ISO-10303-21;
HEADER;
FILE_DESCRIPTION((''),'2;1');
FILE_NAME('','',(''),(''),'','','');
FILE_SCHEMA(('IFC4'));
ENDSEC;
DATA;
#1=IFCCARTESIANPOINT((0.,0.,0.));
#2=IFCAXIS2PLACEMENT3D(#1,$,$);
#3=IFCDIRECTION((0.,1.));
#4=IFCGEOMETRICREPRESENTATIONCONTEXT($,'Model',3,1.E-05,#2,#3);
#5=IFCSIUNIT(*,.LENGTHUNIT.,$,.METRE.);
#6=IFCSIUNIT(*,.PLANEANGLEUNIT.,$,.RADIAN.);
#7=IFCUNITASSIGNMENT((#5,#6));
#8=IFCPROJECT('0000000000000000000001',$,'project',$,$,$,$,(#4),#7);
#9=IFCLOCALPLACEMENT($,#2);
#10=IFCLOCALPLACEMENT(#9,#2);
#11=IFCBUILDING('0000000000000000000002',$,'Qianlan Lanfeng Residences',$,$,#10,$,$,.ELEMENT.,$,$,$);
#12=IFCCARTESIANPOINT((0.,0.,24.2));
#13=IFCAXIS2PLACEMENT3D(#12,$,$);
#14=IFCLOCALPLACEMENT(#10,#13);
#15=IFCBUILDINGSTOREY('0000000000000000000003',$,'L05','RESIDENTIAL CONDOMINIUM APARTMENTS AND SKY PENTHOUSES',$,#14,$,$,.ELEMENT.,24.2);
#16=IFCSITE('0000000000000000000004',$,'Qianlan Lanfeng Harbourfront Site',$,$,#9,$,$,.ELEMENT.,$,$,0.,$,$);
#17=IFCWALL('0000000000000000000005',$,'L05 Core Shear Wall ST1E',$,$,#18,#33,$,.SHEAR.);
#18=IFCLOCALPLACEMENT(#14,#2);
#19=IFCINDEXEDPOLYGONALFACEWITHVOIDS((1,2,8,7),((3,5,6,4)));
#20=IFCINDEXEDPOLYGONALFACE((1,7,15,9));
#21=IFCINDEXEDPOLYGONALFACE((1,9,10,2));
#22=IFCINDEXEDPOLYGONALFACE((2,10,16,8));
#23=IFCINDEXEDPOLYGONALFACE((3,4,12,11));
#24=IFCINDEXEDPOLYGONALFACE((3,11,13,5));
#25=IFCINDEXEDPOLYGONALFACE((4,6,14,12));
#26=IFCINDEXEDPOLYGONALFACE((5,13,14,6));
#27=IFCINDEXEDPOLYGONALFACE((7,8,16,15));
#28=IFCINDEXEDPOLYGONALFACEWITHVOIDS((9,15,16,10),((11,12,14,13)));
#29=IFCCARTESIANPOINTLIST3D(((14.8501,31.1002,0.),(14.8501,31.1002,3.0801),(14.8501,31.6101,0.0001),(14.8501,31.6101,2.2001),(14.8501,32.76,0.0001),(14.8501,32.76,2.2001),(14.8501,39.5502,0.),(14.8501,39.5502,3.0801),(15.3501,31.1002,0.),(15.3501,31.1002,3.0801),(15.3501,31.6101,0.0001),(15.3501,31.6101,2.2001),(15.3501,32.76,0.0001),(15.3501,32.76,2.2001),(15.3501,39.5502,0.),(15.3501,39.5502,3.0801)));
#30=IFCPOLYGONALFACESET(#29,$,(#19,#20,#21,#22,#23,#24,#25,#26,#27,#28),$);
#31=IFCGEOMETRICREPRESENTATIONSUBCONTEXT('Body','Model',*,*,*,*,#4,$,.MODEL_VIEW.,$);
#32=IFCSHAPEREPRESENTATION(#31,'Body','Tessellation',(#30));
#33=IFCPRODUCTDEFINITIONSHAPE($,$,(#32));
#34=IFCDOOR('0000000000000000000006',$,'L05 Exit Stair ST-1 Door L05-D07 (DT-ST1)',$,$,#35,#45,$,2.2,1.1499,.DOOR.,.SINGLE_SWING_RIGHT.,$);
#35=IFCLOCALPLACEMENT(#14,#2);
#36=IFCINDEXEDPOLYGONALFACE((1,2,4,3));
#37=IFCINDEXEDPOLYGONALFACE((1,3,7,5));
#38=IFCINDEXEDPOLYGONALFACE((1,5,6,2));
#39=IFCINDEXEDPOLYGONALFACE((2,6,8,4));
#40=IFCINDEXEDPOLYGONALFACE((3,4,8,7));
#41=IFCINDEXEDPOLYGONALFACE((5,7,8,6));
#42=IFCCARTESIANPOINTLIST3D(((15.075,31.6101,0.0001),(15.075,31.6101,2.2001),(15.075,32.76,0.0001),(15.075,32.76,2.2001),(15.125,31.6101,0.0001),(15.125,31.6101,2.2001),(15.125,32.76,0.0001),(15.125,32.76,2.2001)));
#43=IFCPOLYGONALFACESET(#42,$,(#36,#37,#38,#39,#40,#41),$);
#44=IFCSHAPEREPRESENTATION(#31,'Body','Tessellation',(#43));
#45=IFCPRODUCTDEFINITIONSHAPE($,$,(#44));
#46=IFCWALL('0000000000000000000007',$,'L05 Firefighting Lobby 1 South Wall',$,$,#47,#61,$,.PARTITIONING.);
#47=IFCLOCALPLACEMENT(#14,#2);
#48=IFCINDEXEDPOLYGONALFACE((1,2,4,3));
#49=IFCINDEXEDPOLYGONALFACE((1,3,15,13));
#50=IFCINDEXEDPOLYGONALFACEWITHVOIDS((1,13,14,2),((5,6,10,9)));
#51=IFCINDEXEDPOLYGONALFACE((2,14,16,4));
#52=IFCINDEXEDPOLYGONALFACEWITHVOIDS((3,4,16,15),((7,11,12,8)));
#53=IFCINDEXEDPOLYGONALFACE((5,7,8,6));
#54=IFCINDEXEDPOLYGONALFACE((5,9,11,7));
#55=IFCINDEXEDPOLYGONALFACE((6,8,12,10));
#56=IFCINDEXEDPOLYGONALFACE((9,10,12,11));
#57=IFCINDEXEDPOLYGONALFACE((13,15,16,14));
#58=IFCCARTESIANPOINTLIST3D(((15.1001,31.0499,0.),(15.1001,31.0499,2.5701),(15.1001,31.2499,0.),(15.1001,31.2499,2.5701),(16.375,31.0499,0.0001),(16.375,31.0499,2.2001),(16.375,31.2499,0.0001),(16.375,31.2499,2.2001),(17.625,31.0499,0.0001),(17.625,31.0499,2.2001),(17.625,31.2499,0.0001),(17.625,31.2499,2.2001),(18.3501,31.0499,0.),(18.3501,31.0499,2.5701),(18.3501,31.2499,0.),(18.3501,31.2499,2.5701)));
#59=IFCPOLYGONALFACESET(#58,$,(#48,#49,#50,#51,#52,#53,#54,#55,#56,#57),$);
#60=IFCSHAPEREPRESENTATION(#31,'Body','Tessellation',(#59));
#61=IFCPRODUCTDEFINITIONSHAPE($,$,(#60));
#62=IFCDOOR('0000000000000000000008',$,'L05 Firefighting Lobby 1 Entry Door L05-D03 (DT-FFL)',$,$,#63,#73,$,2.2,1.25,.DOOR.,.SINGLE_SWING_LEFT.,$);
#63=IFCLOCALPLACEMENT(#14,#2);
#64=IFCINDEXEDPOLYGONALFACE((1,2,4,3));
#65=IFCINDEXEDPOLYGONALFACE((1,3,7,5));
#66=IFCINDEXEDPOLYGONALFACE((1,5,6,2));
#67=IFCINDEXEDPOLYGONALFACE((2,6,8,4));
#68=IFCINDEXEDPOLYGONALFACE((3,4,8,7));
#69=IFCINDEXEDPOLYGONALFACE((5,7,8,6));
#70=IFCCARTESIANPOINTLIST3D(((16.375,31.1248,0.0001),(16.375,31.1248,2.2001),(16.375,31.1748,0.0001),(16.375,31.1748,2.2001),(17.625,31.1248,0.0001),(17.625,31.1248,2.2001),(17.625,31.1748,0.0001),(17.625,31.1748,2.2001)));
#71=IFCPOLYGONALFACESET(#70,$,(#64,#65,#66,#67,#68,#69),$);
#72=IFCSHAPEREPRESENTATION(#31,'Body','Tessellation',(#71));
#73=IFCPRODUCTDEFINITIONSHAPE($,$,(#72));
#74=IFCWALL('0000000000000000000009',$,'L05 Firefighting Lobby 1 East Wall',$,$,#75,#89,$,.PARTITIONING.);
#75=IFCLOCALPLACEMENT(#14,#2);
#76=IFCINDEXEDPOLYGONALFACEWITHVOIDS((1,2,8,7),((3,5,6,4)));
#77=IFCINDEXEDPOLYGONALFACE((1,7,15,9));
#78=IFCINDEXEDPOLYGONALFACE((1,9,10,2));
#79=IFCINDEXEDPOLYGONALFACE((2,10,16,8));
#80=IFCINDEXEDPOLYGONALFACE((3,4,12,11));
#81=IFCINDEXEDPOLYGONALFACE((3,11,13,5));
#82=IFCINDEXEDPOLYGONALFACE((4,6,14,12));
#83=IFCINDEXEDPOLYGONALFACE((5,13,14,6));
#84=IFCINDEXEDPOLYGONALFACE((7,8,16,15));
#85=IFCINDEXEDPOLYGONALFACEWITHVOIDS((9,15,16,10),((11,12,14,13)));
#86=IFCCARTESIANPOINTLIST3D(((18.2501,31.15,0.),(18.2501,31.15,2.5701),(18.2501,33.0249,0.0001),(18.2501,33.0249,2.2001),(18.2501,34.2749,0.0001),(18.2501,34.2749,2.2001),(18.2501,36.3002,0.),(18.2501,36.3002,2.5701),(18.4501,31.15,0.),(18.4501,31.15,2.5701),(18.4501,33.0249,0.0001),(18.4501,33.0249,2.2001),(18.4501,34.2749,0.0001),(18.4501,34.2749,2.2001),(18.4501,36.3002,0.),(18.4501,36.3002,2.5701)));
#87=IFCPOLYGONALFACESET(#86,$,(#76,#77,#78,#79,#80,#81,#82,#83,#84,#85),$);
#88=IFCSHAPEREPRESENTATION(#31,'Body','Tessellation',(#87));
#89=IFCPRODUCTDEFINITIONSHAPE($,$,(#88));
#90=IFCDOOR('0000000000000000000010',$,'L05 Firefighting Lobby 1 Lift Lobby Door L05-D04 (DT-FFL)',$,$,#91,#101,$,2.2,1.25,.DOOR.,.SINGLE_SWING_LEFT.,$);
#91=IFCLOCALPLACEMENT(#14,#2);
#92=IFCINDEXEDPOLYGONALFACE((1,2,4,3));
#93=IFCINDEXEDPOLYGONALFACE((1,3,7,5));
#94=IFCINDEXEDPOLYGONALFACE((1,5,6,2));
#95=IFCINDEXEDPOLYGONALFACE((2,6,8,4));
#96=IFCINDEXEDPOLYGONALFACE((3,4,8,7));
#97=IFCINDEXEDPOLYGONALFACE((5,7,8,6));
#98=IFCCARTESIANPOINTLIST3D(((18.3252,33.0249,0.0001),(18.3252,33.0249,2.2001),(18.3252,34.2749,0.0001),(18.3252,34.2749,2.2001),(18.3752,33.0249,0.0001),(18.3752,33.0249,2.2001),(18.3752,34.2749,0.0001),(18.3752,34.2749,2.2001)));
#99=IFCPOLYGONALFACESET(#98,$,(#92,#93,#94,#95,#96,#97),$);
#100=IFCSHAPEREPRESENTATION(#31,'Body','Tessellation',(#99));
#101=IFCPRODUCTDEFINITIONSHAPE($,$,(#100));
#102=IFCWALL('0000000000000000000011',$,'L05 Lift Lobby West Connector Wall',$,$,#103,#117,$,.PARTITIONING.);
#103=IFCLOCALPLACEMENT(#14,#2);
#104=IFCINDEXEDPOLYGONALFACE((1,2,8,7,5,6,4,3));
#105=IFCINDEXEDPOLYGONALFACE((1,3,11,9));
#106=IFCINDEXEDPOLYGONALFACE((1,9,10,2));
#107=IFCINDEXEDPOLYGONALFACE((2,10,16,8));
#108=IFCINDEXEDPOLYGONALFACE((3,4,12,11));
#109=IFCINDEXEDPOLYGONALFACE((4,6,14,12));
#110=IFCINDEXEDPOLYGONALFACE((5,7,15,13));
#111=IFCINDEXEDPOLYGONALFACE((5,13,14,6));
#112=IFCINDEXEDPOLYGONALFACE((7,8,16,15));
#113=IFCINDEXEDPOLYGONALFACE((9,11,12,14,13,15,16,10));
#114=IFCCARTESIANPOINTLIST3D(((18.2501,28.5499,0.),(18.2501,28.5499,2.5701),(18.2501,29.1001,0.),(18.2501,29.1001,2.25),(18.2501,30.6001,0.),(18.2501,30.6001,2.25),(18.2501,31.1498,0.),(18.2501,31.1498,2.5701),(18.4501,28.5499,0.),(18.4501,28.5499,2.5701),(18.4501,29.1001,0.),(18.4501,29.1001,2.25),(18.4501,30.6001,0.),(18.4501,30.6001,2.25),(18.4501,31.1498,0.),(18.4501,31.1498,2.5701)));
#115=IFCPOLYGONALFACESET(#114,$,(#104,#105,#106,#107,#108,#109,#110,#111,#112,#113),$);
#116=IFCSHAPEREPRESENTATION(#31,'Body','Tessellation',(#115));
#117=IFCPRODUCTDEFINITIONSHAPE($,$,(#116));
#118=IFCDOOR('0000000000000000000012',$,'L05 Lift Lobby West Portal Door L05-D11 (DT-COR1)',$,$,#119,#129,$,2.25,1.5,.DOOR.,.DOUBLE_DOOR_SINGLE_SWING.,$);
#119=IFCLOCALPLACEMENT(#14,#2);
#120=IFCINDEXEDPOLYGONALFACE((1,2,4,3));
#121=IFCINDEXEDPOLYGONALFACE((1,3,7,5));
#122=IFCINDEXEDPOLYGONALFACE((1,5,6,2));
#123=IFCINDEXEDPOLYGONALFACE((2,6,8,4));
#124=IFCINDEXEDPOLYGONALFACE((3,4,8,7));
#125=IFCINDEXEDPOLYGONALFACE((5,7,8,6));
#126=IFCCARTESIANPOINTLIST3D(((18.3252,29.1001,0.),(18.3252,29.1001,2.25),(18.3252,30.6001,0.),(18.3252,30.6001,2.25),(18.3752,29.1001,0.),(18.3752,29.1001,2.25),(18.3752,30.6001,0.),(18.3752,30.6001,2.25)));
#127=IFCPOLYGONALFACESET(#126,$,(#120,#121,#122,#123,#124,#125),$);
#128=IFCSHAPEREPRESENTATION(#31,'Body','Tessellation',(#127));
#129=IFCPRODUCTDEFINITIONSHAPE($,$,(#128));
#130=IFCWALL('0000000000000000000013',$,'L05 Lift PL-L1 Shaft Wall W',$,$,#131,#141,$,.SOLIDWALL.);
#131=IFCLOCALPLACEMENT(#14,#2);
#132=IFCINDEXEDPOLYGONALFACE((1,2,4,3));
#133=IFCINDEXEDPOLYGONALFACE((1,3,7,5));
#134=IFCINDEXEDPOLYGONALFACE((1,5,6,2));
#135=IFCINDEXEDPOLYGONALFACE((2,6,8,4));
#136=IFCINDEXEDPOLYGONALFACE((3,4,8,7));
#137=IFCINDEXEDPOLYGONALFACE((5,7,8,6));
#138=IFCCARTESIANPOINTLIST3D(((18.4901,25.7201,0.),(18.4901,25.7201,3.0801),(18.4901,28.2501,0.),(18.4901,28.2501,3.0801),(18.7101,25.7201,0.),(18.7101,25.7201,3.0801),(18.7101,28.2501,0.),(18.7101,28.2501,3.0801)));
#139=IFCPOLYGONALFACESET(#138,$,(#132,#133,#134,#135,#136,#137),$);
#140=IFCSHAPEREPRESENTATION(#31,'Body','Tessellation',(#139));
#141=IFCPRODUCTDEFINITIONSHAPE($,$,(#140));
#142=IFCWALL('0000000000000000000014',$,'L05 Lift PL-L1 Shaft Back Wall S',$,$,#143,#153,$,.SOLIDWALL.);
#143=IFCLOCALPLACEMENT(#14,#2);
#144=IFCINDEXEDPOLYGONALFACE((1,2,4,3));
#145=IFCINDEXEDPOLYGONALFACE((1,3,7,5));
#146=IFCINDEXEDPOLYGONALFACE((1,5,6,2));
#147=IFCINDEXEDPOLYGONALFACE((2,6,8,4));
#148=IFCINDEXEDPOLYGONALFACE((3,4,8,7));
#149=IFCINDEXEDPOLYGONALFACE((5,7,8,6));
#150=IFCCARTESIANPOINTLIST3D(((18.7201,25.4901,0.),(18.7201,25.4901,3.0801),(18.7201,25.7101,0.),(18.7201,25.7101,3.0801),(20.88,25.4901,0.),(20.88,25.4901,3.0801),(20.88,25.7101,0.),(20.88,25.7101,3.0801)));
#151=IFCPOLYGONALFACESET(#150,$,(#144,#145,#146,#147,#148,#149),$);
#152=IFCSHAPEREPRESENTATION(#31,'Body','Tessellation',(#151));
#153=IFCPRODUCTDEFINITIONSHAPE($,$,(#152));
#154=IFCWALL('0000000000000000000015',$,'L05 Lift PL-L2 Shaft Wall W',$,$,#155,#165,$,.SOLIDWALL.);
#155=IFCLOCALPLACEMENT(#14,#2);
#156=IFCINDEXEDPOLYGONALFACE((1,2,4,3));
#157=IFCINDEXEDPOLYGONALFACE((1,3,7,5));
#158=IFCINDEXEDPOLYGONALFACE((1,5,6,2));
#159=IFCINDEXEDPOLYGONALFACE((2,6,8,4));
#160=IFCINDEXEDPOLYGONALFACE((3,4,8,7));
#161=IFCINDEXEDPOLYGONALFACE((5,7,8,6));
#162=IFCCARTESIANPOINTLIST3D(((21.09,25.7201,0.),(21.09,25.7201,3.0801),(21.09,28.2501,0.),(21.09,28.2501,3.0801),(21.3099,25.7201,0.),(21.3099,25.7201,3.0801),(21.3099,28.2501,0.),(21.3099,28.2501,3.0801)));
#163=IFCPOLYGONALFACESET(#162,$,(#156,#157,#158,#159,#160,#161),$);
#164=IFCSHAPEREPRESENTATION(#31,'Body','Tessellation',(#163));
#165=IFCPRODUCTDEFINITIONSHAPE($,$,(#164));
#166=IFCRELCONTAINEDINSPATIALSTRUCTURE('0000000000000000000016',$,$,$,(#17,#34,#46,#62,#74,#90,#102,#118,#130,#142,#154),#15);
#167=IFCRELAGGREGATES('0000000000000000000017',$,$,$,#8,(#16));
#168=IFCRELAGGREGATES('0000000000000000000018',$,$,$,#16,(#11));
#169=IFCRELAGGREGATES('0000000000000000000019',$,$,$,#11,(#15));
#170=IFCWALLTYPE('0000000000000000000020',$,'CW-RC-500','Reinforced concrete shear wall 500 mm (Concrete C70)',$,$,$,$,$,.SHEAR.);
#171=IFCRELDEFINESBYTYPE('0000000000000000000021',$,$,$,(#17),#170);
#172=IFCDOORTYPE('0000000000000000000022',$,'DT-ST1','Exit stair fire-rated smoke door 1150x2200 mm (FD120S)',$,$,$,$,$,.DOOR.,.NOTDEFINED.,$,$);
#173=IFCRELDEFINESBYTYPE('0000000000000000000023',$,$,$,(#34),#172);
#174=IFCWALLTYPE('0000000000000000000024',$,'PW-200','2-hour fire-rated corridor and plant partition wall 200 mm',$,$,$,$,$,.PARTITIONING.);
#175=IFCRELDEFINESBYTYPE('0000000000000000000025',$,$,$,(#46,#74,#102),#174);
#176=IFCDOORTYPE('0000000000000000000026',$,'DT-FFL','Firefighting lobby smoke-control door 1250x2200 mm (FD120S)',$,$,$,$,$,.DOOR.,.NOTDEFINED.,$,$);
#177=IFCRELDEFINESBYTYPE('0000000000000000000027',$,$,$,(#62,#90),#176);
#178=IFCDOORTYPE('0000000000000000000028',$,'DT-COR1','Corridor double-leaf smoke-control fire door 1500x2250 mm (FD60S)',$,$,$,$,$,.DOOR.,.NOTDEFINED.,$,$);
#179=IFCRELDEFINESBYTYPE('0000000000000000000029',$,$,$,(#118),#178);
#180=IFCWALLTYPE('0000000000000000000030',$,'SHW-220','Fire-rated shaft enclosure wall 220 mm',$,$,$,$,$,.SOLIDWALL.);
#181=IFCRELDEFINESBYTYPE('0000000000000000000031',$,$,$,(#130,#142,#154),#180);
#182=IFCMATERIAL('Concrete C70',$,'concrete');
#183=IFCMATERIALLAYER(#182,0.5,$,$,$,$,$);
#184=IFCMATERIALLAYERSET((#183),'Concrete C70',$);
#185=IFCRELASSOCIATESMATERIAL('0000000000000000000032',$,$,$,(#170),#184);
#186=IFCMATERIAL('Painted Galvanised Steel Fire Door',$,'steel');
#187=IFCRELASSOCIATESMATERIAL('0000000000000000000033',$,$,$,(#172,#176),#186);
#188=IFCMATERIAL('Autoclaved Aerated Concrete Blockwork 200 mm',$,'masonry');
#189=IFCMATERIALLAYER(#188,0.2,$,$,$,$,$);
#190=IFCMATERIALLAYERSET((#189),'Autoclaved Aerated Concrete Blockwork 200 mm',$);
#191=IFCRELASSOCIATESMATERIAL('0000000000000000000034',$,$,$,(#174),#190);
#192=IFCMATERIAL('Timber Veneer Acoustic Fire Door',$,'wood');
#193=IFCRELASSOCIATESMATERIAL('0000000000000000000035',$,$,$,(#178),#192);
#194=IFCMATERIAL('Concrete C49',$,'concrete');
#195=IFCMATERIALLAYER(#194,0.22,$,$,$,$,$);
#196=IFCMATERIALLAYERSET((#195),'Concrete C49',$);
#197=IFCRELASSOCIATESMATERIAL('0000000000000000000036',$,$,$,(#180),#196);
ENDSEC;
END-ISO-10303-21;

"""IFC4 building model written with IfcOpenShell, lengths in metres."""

from ifc_helpers import new_model, si_unit, direction, frame, frame_2d, origin, place, context, subcontext, project, spatial, rectangle, extrude, material, layer, layer_set, type_object, element, fill, save


model = new_model("IFC4")

# Units and contexts
model_context = context("Model", 3, precision=1e-05, world=origin(), true_north=direction((0.0, 1.0)))
body_context = subcontext(model_context, "Body", "Model", "MODEL_VIEW")
ifc_project = project(units=[si_unit("LENGTHUNIT", "METRE"), si_unit("PLANEANGLEUNIT", "RADIAN")], contexts=[model_context])

# Site, building, storey
site_placement = place(None, origin())
site = spatial("IfcSite", under=ifc_project, at=site_placement, Name="Qianlan Lanfeng Harbourfront Site", CompositionType="ELEMENT", RefElevation=0.0)
building_placement = place(site_placement, origin())
building = spatial("IfcBuilding", under=site, at=building_placement, Name="Qianlan Lanfeng Residences", CompositionType="ELEMENT")
storey_placement = place(building_placement, frame((0.0, 0.0, 24.2)))
storey = spatial("IfcBuildingStorey", under=building, at=storey_placement, Name="L05", Description="RESIDENTIAL CONDOMINIUM APARTMENTS AND SKY PENTHOUSES", CompositionType="ELEMENT", Elevation=24.2)

# Wall, opening, door
ifc_material_1 = material(Name="Concrete C70", Category="concrete")
ifc_layer_1 = layer(ifc_material_1, 0.5)
ifc_layer_set_1 = layer_set([ifc_layer_1], Name="Concrete C70")
wall_type_1 = type_object("IfcWallType", Name="CW-RC-500", Description="Reinforced concrete shear wall 500 mm (Concrete C70)", PredefinedType="SHEAR", material=ifc_layer_set_1)
wall_1_placement = place(storey_placement, frame((15.1001, 31.1001, 0.0), z_axis=(0.0, 0.0, 1.0), x_axis=(0.0, 1.0, 0.0)))
wall_1 = element("IfcWall", 1, at=wall_1_placement, inside=storey, type_object=wall_type_1, Name="L05 Core Shear Wall ST1E", PredefinedType="SHEAR", context=body_context, shape_type="SweptSolid", body=[
    extrude(rectangle(XDim=8.45, YDim=0.5, at=frame_2d((4.2251, 0.0))), origin(), (0.0, 0.0, 1.0), 3.0801),
])
opening_1_placement = place(wall_1_placement, frame((0.51, 0.0, 0.0)))
opening_1 = element("IfcOpeningElement", 2, at=opening_1_placement, cuts=wall_1, PredefinedType="OPENING", context=body_context, shape_type="SweptSolid", body=[
    extrude(rectangle(XDim=1.1499, YDim=2.2, at=frame_2d((0.575, 1.1001))), frame((0.0, 0.26, 0.0), z_axis=(0.0, -1.0, 0.0), x_axis=(1.0, 0.0, 0.0)), (0.0, 0.0, 1.0), 0.52),
])
ifc_material_2 = material(Name="Painted Galvanised Steel Fire Door", Category="steel")
door_type_1 = type_object("IfcDoorType", Name="DT-ST1", Description="Exit stair fire-rated smoke door 1150x2200 mm (FD120S)", OperationType="NOTDEFINED", PredefinedType="DOOR", material=ifc_material_2)
door_1_placement = place(opening_1_placement, frame((1.1499, 0.0, 0.0), z_axis=(0.0, 0.0, 1.0), x_axis=(-1.0, 0.0, 0.0)))
door_1 = element("IfcDoor", 3, at=door_1_placement, inside=storey, type_object=door_type_1, Name="L05 Exit Stair ST-1 Door L05-D07 (DT-ST1)", OperationType="SINGLE_SWING_RIGHT", OverallHeight=2.2, OverallWidth=1.1499, PredefinedType="DOOR", context=body_context, shape_type="SweptSolid", body=[
    extrude(rectangle(XDim=1.1499, YDim=2.2, at=frame_2d((0.575, 1.1001))), frame((0.0, 0.0249, 0.0), z_axis=(0.0, -1.0, 0.0), x_axis=(1.0, 0.0, 0.0)), (0.0, 0.0, 1.0), 0.05),
])
fill(opening_1, door_1)

# Walls, openings, doors
ifc_material_3 = material(Name="Autoclaved Aerated Concrete Blockwork 200 mm", Category="masonry")
ifc_layer_2 = layer(ifc_material_3, 0.2)
ifc_layer_set_2 = layer_set([ifc_layer_2], Name="Autoclaved Aerated Concrete Blockwork 200 mm")
wall_type_2 = type_object("IfcWallType", Name="PW-200", Description="2-hour fire-rated corridor and plant partition wall 200 mm", PredefinedType="PARTITIONING", material=ifc_layer_set_2)
wall_2_placement = place(storey_placement, frame((15.1001, 31.1499, 0.0), z_axis=(0.0, 0.0, 1.0), x_axis=(1.0, 0.0, 0.0)))
wall_2 = element("IfcWall", 4, at=wall_2_placement, inside=storey, type_object=wall_type_2, Name="L05 Firefighting Lobby 1 South Wall", PredefinedType="PARTITIONING", context=body_context, shape_type="SweptSolid", body=[
    extrude(rectangle(XDim=3.25, YDim=0.2, at=frame_2d((1.625, 0.0))), origin(), (0.0, 0.0, 1.0), 2.5701),
])
opening_2_placement = place(wall_2_placement, frame((1.2749, 0.0, 0.0)))
opening_2 = element("IfcOpeningElement", 5, at=opening_2_placement, cuts=wall_2, PredefinedType="OPENING", context=body_context, shape_type="SweptSolid", body=[
    extrude(rectangle(XDim=1.25, YDim=2.2, at=frame_2d((0.625, 1.1001))), frame((0.0, 0.1099, 0.0), z_axis=(0.0, -1.0, 0.0), x_axis=(1.0, 0.0, 0.0)), (0.0, 0.0, 1.0), 0.22),
])
door_type_2 = type_object("IfcDoorType", Name="DT-FFL", Description="Firefighting lobby smoke-control door 1250x2200 mm (FD120S)", OperationType="NOTDEFINED", PredefinedType="DOOR", material=ifc_material_2)
door_2_placement = place(opening_2_placement, origin())
door_2 = element("IfcDoor", 6, at=door_2_placement, inside=storey, type_object=door_type_2, Name="L05 Firefighting Lobby 1 Entry Door L05-D03 (DT-FFL)", OperationType="SINGLE_SWING_LEFT", OverallHeight=2.2, OverallWidth=1.25, PredefinedType="DOOR", context=body_context, shape_type="SweptSolid", body=[
    extrude(rectangle(XDim=1.25, YDim=2.2, at=frame_2d((0.625, 1.1001))), frame((0.0, 0.0249, 0.0), z_axis=(0.0, -1.0, 0.0), x_axis=(1.0, 0.0, 0.0)), (0.0, 0.0, 1.0), 0.05),
])
fill(opening_2, door_2)
wall_3_placement = place(storey_placement, frame((18.3501, 31.1499, 0.0), z_axis=(0.0, 0.0, 1.0), x_axis=(0.0, 1.0, 0.0)))
wall_3 = element("IfcWall", 7, at=wall_3_placement, inside=storey, type_object=wall_type_2, Name="L05 Firefighting Lobby 1 East Wall", PredefinedType="PARTITIONING", context=body_context, shape_type="SweptSolid", body=[
    extrude(rectangle(XDim=5.1501, YDim=0.2, at=frame_2d((2.5752, 0.0))), origin(), (0.0, 0.0, 1.0), 2.5701),
])
opening_3_placement = place(wall_3_placement, frame((1.875, 0.0, 0.0)))
opening_3 = element("IfcOpeningElement", 8, at=opening_3_placement, cuts=wall_3, PredefinedType="OPENING", context=body_context, shape_type="SweptSolid", body=[
    extrude(rectangle(XDim=1.25, YDim=2.2, at=frame_2d((0.625, 1.1001))), frame((0.0, 0.1099, 0.0), z_axis=(0.0, -1.0, 0.0), x_axis=(1.0, 0.0, 0.0)), (0.0, 0.0, 1.0), 0.22),
])
door_3_placement = place(opening_3_placement, origin())
door_3 = element("IfcDoor", 9, at=door_3_placement, inside=storey, type_object=door_type_2, Name="L05 Firefighting Lobby 1 Lift Lobby Door L05-D04 (DT-FFL)", OperationType="SINGLE_SWING_LEFT", OverallHeight=2.2, OverallWidth=1.25, PredefinedType="DOOR", context=body_context, shape_type="SweptSolid", body=[
    extrude(rectangle(XDim=1.25, YDim=2.2, at=frame_2d((0.625, 1.1001))), frame((0.0, 0.0249, 0.0), z_axis=(0.0, -1.0, 0.0), x_axis=(1.0, 0.0, 0.0)), (0.0, 0.0, 1.0), 0.05),
])
fill(opening_3, door_3)
wall_4_placement = place(storey_placement, frame((18.3501, 28.55, 0.0), z_axis=(0.0, 0.0, 1.0), x_axis=(0.0, 1.0, 0.0)))
wall_4 = element("IfcWall", 10, at=wall_4_placement, inside=storey, type_object=wall_type_2, Name="L05 Lift Lobby West Connector Wall", PredefinedType="PARTITIONING", context=body_context, shape_type="SweptSolid", body=[
    extrude(rectangle(XDim=2.5999, YDim=0.2, at=frame_2d((1.2998, 0.0))), origin(), (0.0, 0.0, 1.0), 2.5701),
])
opening_4_placement = place(wall_4_placement, frame((0.55, 0.0, 0.0)))
opening_4 = element("IfcOpeningElement", 11, at=opening_4_placement, cuts=wall_4, PredefinedType="OPENING", context=body_context, shape_type="SweptSolid", body=[
    extrude(rectangle(XDim=1.5, YDim=2.25, at=frame_2d((0.75, 1.125))), frame((0.0, 0.1099, 0.0), z_axis=(0.0, -1.0, 0.0), x_axis=(1.0, 0.0, 0.0)), (0.0, 0.0, 1.0), 0.22),
])
ifc_material_4 = material(Name="Timber Veneer Acoustic Fire Door", Category="wood")
door_type_3 = type_object("IfcDoorType", Name="DT-COR1", Description="Corridor double-leaf smoke-control fire door 1500x2250 mm (FD60S)", OperationType="NOTDEFINED", PredefinedType="DOOR", material=ifc_material_4)
door_4_placement = place(opening_4_placement, origin())
door_4 = element("IfcDoor", 12, at=door_4_placement, inside=storey, type_object=door_type_3, Name="L05 Lift Lobby West Portal Door L05-D11 (DT-COR1)", OperationType="DOUBLE_DOOR_SINGLE_SWING", OverallHeight=2.25, OverallWidth=1.5, PredefinedType="DOOR", context=body_context, shape_type="SweptSolid", body=[
    extrude(rectangle(XDim=1.5, YDim=2.25, at=frame_2d((0.75, 1.125))), frame((0.0, 0.0249, 0.0), z_axis=(0.0, -1.0, 0.0), x_axis=(1.0, 0.0, 0.0)), (0.0, 0.0, 1.0), 0.05),
])
fill(opening_4, door_4)

# Walls
ifc_material_5 = material(Name="Concrete C49", Category="concrete")
ifc_layer_3 = layer(ifc_material_5, 0.22)
ifc_layer_set_3 = layer_set([ifc_layer_3], Name="Concrete C49")
wall_type_3 = type_object("IfcWallType", Name="SHW-220", Description="Fire-rated shaft enclosure wall 220 mm", PredefinedType="SOLIDWALL", material=ifc_layer_set_3)
wall_5_placement = place(storey_placement, frame((18.6001, 25.72, 0.0), z_axis=(0.0, 0.0, 1.0), x_axis=(0.0, 1.0, 0.0)))
element("IfcWall", 13, at=wall_5_placement, inside=storey, type_object=wall_type_3, Name="L05 Lift PL-L1 Shaft Wall W", PredefinedType="SOLIDWALL", context=body_context, shape_type="SweptSolid", body=[
    extrude(rectangle(XDim=2.53, YDim=0.22, at=frame_2d((1.2651, 0.0))), origin(), (0.0, 0.0, 1.0), 3.0801),
])
wall_6_placement = place(storey_placement, frame((18.72, 25.6001, 0.0), z_axis=(0.0, 0.0, 1.0), x_axis=(1.0, 0.0, 0.0)))
element("IfcWall", 14, at=wall_6_placement, inside=storey, type_object=wall_type_3, Name="L05 Lift PL-L1 Shaft Back Wall S", PredefinedType="SOLIDWALL", context=body_context, shape_type="SweptSolid", body=[
    extrude(rectangle(XDim=2.1599, YDim=0.22, at=frame_2d((1.0801, 0.0))), origin(), (0.0, 0.0, 1.0), 3.0801),
])
wall_7_placement = place(storey_placement, frame((21.2, 25.72, 0.0), z_axis=(0.0, 0.0, 1.0), x_axis=(0.0, 1.0, 0.0)))
element("IfcWall", 15, at=wall_7_placement, inside=storey, type_object=wall_type_3, Name="L05 Lift PL-L2 Shaft Wall W", PredefinedType="SOLIDWALL", context=body_context, shape_type="SweptSolid", body=[
    extrude(rectangle(XDim=2.53, YDim=0.22, at=frame_2d((1.2651, 0.0))), origin(), (0.0, 0.0, 1.0), 3.0801),
])

save(model, "model.ifc")
